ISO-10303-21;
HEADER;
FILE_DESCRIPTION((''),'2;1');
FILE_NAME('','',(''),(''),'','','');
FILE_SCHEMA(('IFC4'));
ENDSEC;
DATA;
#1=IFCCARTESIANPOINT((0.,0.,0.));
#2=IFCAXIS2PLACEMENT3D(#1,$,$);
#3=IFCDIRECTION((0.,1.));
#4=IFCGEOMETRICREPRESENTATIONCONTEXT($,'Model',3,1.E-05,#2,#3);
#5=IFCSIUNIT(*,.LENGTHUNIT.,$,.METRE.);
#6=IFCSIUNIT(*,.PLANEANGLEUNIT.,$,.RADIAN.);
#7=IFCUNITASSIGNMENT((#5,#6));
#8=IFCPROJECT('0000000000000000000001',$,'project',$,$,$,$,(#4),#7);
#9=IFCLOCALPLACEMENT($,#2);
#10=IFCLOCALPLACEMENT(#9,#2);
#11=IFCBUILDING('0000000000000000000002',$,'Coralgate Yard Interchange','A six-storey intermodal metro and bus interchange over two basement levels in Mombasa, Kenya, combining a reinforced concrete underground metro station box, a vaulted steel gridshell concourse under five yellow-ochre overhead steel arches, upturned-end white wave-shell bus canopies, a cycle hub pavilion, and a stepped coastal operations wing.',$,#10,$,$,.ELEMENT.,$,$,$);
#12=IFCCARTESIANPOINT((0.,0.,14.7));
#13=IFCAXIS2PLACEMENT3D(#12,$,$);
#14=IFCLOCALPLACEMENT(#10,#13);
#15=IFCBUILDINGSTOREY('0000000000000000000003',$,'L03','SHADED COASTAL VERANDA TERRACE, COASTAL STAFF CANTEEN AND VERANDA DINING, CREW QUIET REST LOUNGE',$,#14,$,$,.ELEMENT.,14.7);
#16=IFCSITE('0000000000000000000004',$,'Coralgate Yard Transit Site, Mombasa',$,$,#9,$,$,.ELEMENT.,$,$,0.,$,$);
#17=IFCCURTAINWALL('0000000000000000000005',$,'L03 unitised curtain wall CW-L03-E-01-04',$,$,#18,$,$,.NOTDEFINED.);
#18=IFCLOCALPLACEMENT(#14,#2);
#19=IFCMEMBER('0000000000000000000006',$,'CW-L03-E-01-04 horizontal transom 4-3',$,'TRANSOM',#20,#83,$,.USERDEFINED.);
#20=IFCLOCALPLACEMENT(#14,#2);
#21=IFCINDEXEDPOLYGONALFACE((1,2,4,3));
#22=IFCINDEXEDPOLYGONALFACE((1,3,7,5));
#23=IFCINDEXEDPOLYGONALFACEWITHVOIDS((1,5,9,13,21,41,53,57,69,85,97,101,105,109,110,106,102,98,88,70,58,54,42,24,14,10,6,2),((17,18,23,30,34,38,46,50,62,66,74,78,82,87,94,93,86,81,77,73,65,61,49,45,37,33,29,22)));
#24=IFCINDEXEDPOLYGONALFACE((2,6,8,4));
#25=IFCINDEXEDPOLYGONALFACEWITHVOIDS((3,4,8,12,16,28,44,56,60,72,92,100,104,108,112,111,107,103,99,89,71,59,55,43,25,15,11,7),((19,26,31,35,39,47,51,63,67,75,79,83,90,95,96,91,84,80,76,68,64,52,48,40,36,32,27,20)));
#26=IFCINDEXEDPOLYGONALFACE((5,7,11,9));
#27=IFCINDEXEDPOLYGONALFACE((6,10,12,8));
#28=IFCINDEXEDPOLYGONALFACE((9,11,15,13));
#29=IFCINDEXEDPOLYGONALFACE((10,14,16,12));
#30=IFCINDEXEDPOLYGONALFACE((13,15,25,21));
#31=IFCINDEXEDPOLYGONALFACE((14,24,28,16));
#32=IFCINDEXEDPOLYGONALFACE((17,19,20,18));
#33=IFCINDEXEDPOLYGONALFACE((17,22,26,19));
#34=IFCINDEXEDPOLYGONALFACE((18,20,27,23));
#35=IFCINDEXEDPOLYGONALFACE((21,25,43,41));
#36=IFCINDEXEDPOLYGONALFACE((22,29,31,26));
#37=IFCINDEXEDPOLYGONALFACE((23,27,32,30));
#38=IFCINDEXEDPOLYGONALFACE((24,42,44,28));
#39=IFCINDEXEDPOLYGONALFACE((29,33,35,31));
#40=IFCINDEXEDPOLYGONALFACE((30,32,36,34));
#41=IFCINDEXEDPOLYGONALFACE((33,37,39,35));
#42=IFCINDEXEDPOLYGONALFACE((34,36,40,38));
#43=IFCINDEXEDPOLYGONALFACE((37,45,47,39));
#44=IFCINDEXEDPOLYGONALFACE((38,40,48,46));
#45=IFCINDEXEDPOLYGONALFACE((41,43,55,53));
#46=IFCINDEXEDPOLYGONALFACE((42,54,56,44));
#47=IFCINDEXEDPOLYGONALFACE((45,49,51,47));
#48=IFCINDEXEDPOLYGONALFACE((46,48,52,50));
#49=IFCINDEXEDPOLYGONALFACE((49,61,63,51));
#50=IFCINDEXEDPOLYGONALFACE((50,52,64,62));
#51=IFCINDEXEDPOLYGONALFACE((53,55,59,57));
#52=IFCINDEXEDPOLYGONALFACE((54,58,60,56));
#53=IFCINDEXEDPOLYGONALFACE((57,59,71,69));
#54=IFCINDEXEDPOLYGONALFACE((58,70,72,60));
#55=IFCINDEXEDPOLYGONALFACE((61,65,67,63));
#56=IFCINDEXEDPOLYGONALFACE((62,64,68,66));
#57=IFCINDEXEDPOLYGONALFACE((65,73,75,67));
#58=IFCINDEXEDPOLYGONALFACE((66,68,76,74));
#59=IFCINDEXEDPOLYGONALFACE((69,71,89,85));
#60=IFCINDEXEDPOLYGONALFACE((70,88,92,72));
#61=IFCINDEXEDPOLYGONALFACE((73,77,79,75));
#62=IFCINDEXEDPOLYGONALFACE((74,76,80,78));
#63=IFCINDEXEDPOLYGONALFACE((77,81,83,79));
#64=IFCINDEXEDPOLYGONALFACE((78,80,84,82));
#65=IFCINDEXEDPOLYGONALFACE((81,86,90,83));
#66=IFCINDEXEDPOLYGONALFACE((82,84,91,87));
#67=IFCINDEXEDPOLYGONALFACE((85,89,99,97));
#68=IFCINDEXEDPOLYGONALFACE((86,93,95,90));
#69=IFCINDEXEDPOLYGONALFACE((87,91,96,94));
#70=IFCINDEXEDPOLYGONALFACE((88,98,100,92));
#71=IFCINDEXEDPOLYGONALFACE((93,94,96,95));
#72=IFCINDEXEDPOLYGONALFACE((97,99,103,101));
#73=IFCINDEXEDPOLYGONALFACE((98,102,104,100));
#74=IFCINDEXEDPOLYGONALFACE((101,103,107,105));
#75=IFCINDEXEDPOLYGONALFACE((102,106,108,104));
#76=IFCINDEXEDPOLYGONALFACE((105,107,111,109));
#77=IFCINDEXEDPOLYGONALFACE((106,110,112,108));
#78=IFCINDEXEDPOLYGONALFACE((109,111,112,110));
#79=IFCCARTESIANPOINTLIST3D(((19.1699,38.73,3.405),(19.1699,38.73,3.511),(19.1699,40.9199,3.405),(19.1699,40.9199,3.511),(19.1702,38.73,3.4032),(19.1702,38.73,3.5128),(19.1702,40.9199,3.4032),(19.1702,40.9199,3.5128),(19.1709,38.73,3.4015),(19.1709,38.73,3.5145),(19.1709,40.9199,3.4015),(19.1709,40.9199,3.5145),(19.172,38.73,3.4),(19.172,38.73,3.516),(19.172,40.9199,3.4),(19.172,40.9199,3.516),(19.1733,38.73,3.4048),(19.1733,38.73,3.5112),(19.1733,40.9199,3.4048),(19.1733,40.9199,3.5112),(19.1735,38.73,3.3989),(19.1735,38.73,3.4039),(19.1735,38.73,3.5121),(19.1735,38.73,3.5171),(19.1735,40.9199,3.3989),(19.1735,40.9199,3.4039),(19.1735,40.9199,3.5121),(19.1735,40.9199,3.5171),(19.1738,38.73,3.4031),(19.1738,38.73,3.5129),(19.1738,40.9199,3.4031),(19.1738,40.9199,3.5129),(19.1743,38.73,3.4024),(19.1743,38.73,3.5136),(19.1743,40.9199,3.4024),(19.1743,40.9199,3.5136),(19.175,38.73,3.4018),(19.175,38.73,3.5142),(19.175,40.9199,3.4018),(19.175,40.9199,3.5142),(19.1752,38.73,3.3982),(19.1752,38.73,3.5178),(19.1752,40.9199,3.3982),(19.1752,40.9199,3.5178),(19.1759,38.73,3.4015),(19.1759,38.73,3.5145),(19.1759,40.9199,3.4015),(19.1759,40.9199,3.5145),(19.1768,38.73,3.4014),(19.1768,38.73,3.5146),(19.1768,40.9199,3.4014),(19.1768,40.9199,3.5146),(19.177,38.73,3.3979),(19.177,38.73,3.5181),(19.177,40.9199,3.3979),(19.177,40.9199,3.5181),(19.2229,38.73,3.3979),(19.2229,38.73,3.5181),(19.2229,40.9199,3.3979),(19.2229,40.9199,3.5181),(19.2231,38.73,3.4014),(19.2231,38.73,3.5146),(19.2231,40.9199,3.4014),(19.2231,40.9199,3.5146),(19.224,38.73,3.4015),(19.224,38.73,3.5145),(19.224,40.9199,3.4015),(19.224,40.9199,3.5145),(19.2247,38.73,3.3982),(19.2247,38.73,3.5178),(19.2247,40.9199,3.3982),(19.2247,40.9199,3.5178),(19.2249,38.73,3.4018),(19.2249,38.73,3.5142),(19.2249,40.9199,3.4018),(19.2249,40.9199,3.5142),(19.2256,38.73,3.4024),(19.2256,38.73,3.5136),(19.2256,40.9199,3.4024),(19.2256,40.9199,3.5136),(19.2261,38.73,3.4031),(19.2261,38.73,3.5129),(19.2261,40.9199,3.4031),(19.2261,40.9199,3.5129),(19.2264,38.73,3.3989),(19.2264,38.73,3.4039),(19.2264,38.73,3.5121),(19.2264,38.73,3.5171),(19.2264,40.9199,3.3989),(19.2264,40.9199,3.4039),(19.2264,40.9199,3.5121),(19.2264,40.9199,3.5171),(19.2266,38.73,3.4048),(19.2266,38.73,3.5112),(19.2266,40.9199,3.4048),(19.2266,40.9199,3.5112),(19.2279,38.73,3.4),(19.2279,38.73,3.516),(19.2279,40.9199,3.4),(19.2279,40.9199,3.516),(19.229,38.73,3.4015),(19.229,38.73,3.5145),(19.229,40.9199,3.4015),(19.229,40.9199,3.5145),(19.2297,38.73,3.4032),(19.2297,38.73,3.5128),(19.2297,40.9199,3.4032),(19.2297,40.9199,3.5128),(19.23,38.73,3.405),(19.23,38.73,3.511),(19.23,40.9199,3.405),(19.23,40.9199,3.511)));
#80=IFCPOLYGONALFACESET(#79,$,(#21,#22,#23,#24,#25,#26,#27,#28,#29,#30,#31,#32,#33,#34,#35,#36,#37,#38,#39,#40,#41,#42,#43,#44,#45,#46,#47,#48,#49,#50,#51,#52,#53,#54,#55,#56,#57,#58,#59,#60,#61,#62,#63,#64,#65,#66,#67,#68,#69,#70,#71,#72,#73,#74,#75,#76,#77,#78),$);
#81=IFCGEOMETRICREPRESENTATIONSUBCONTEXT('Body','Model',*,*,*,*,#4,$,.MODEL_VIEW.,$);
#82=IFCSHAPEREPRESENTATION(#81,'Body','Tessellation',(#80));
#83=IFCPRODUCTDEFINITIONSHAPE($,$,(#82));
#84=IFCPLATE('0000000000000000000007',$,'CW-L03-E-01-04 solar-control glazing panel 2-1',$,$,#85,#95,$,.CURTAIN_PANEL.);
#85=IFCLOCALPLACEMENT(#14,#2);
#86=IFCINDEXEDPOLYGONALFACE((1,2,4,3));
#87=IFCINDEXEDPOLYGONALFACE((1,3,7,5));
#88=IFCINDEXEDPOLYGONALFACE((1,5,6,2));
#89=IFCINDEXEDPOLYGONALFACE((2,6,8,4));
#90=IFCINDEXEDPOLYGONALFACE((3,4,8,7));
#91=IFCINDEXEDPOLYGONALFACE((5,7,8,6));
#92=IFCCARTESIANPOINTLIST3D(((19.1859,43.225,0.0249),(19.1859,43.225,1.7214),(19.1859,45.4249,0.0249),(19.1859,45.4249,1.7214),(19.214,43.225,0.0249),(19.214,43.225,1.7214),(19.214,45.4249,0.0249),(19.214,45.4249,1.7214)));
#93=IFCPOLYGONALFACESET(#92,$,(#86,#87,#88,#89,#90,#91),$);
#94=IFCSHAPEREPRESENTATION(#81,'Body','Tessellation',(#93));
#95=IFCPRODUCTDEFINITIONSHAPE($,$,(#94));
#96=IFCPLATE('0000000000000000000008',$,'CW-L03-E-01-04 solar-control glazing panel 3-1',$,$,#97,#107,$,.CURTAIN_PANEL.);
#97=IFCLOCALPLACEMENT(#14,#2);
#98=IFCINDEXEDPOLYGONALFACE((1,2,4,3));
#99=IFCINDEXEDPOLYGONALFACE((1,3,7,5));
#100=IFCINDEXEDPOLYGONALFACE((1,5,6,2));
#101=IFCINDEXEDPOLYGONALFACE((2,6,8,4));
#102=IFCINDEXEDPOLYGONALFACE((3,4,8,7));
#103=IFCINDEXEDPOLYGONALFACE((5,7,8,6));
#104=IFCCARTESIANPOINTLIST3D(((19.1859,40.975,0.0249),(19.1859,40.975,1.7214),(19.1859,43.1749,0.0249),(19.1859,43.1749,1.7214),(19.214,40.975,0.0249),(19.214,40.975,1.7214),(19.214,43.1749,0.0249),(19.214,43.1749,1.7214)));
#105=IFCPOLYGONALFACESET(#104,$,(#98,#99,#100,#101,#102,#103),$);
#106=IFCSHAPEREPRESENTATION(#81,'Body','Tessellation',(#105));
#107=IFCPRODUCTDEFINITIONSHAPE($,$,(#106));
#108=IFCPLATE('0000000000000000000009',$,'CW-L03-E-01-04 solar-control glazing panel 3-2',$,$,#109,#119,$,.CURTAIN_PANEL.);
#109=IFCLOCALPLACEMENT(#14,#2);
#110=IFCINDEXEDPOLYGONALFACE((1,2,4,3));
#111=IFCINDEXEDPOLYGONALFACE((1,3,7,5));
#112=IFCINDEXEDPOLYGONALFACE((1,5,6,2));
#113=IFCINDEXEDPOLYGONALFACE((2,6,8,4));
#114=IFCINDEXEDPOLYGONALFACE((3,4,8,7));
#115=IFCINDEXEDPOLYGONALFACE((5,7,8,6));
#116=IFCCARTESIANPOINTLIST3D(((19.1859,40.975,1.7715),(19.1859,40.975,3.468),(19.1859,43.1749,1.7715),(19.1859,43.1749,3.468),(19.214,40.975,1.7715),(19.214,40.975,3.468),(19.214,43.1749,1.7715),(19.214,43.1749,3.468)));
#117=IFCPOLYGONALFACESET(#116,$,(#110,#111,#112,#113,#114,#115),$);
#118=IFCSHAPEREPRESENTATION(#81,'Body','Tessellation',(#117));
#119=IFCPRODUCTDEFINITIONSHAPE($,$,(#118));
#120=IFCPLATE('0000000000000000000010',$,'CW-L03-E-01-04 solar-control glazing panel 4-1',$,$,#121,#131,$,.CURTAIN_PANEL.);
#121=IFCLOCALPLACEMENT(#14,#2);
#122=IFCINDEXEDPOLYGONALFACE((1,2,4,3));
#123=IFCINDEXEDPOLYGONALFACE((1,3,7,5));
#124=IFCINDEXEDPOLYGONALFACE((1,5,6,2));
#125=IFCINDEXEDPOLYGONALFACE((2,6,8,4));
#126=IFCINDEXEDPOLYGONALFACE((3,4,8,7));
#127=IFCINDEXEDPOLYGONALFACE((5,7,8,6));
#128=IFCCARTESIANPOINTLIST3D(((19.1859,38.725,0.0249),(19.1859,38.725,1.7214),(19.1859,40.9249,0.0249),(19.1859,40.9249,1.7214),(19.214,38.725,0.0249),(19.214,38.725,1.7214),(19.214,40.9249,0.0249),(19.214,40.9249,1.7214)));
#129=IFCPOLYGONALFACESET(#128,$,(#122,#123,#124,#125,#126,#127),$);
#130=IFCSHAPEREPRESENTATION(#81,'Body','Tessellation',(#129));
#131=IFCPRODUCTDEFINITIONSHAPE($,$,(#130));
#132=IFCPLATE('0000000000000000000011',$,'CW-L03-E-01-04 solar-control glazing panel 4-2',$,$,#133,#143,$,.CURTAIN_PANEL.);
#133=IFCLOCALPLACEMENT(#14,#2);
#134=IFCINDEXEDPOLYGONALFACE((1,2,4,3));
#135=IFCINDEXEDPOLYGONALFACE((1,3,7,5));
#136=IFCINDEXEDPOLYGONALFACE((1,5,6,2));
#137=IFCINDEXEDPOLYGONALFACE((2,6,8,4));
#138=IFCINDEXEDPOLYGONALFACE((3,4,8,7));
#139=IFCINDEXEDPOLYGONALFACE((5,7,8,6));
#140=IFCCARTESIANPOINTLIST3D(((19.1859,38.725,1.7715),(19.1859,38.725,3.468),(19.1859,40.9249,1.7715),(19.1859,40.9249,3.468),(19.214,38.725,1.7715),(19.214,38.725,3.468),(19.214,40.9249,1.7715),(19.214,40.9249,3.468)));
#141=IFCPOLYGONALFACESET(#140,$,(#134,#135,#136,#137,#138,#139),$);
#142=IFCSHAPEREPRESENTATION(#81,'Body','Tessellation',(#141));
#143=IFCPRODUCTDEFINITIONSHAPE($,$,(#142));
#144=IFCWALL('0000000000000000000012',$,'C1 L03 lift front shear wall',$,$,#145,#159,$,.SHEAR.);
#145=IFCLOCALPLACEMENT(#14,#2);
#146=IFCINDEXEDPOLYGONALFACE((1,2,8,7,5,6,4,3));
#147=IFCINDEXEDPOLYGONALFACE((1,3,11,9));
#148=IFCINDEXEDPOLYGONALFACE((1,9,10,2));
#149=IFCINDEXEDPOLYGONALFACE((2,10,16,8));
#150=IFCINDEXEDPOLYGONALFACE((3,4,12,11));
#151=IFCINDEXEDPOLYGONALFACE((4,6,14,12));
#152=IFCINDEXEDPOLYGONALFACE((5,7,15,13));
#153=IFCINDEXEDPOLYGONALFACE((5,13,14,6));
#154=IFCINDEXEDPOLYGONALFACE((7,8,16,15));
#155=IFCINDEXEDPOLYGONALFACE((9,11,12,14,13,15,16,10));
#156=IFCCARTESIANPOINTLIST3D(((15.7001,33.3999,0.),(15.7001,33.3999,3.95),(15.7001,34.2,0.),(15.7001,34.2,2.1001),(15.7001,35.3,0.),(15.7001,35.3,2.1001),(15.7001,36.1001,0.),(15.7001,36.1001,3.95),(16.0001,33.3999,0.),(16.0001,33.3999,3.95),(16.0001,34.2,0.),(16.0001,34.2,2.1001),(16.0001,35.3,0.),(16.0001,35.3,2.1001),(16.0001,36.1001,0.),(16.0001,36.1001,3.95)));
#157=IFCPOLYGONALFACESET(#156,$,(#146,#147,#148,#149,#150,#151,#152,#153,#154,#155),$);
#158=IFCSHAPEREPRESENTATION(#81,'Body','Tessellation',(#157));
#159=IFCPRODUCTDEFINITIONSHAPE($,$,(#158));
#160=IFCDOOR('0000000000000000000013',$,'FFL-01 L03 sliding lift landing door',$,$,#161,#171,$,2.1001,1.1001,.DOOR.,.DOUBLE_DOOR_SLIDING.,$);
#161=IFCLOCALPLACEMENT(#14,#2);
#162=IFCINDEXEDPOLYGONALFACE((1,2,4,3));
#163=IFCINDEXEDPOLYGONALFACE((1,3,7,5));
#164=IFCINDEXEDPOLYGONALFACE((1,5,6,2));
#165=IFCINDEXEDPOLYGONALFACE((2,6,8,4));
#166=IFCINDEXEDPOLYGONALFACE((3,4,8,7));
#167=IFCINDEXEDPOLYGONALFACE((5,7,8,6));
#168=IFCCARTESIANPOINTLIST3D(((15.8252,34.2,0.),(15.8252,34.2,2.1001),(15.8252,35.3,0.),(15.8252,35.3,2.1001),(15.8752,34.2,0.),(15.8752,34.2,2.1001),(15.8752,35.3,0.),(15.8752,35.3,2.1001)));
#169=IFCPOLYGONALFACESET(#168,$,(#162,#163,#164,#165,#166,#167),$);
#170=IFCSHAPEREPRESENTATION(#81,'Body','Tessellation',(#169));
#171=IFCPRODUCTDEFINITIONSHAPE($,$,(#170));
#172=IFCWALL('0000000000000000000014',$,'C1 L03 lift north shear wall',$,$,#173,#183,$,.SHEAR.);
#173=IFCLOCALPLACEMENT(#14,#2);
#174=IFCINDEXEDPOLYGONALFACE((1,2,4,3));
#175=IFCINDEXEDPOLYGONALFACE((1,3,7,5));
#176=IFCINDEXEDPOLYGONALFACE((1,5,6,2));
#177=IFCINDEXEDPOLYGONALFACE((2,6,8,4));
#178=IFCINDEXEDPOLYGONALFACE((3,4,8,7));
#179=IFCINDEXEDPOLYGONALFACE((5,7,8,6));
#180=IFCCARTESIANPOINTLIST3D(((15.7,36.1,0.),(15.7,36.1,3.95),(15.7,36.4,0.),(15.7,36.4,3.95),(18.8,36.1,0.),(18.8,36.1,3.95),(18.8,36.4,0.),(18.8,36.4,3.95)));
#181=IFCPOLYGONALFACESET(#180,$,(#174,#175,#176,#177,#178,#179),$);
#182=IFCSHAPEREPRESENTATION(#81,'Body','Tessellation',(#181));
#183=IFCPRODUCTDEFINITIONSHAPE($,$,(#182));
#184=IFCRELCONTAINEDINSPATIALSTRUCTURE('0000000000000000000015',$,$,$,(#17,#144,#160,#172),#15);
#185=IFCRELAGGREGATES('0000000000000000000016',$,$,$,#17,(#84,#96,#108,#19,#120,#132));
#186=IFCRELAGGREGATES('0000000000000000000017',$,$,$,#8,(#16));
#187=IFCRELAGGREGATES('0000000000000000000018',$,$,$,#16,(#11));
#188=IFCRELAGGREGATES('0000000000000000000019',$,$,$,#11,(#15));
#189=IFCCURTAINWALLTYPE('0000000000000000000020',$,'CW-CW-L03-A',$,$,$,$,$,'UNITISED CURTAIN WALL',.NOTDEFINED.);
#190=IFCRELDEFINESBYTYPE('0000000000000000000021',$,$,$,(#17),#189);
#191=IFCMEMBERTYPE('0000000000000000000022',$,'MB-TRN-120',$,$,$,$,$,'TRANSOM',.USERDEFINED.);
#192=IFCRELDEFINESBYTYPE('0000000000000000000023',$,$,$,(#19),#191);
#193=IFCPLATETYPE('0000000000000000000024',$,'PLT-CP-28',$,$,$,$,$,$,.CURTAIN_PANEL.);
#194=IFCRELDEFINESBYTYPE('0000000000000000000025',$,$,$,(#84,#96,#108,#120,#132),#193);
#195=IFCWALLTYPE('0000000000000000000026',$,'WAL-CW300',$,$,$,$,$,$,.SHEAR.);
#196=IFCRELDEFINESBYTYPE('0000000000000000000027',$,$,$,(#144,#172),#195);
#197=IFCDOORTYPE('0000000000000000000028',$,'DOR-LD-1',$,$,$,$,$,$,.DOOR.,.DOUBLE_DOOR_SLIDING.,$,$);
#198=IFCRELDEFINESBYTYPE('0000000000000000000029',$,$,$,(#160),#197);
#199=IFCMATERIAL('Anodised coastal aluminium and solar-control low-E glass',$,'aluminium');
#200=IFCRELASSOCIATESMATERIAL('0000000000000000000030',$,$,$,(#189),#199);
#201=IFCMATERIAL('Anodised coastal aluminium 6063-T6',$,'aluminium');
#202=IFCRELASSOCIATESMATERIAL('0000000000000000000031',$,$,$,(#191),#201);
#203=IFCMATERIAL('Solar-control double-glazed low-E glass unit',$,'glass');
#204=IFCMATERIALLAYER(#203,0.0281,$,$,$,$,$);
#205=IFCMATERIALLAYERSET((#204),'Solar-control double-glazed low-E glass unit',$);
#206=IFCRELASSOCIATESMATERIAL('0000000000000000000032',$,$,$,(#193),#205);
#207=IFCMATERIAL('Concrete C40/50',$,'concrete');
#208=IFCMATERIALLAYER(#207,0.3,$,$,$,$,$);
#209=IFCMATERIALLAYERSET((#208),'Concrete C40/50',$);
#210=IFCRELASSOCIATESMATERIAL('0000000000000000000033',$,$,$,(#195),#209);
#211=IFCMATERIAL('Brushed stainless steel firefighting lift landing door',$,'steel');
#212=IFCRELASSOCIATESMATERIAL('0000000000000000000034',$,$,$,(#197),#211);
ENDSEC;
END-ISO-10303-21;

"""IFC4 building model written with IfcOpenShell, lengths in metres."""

from ifc_helpers import new_model, si_unit, direction, frame, frame_2d, origin, origin_2d, place, context, subcontext, project, spatial, rectangle, hollow_rectangle, extrude, material, layer, layer_set, material_profile, profile_set, type_object, element, fill, aggregate, save


model = new_model("IFC4")

# Units and contexts
model_context = context("Model", 3, precision=1e-05, world=origin(), true_north=direction((0.0, 1.0)))
body_context = subcontext(model_context, "Body", "Model", "MODEL_VIEW")
ifc_project = project(units=[si_unit("LENGTHUNIT", "METRE"), si_unit("PLANEANGLEUNIT", "RADIAN")], contexts=[model_context])

# Site, building, storey
site_placement = place(None, origin())
site = spatial("IfcSite", under=ifc_project, at=site_placement, Name="Coralgate Yard Transit Site, Mombasa", CompositionType="ELEMENT", RefElevation=0.0)
building_placement = place(site_placement, origin())
building = spatial("IfcBuilding", under=site, at=building_placement, Name="Coralgate Yard Interchange", Description="A six-storey intermodal metro and bus interchange over two basement levels in Mombasa, Kenya, combining a reinforced concrete underground metro station box, a vaulted steel gridshell concourse under five yellow-ochre overhead steel arches, upturned-end white wave-shell bus canopies, a cycle hub pavilion, and a stepped coastal operations wing.", CompositionType="ELEMENT")
storey_placement = place(building_placement, frame((0.0, 0.0, 14.7)))
storey = spatial("IfcBuildingStorey", under=building, at=storey_placement, Name="L03", Description="SHADED COASTAL VERANDA TERRACE, COASTAL STAFF CANTEEN AND VERANDA DINING, CREW QUIET REST LOUNGE", CompositionType="ELEMENT", Elevation=14.7)

# Curtain wall, member, plates
ifc_material_1 = material(Name="Anodised coastal aluminium and solar-control low-E glass", Category="aluminium")
curtain_wall_type = type_object("IfcCurtainWallType", Name="CW-CW-L03-A", ElementType="UNITISED CURTAIN WALL", PredefinedType="NOTDEFINED", material=ifc_material_1)
curtain_wall_placement = place(storey_placement, origin())
curtain_wall = element("IfcCurtainWall", 1, at=curtain_wall_placement, inside=storey, type_object=curtain_wall_type, Name="L03 unitised curtain wall CW-L03-E-01-04", PredefinedType="NOTDEFINED")
ifc_material_2 = material(Name="Anodised coastal aluminium 6063-T6", Category="aluminium")
ifc_material_profile_1 = material_profile(ifc_material_2, hollow_rectangle(XDim=0.0601, YDim=0.1201, WallThickness=0.0034, InnerFilletRadius=0.0034, OuterFilletRadius=0.0071, at=origin_2d()), Name="ALU 60x120x3.5")
ifc_profile_set_1 = profile_set([ifc_material_profile_1], Name="Anodised coastal aluminium 6063-T6")
member_type_1 = type_object("IfcMemberType", Name="MB-TRN-120", ElementType="TRANSOM", PredefinedType="USERDEFINED", material=ifc_profile_set_1)
member_1_placement = place(storey_placement, frame((19.2, 40.9199, 3.458), z_axis=(0.0, -1.0, 0.0), x_axis=(1.0, 0.0, 0.0)))
member_1 = element("IfcMember", 2, at=member_1_placement, type_object=member_type_1, Name="CW-L03-E-01-04 horizontal transom 4-3", ObjectType="TRANSOM", PredefinedType="USERDEFINED", context=body_context, shape_type="SweptSolid", body=[
    extrude(hollow_rectangle(XDim=0.0601, YDim=0.1201, WallThickness=0.0034, InnerFilletRadius=0.0034, OuterFilletRadius=0.0071, at=origin_2d()), origin(), (0.0, 0.0, 1.0), 2.1899),
])
ifc_material_3 = material(Name="Solar-control double-glazed low-E glass unit", Category="glass")
ifc_layer_1 = layer(ifc_material_3, 0.0281)
ifc_layer_set_1 = layer_set([ifc_layer_1], Name="Solar-control double-glazed low-E glass unit")
plate_type = type_object("IfcPlateType", Name="PLT-CP-28", PredefinedType="CURTAIN_PANEL", material=ifc_layer_set_1)
plate_1_placement = place(storey_placement, frame((19.2, 44.325, 0.0249), z_axis=(0.0, 0.0, 1.0), x_axis=(0.0, -1.0, 0.0)))
plate_1 = element("IfcPlate", 3, at=plate_1_placement, type_object=plate_type, Name="CW-L03-E-01-04 solar-control glazing panel 2-1", PredefinedType="CURTAIN_PANEL", context=body_context, shape_type="SweptSolid", body=[
    extrude(rectangle(XDim=2.2, YDim=0.0281, at=origin_2d()), origin(), (0.0, 0.0, 1.0), 1.6965),
])
plate_2_placement = place(storey_placement, frame((19.2, 42.075, 0.0249), z_axis=(0.0, 0.0, 1.0), x_axis=(0.0, -1.0, 0.0)))
plate_2 = element("IfcPlate", 4, at=plate_2_placement, type_object=plate_type, Name="CW-L03-E-01-04 solar-control glazing panel 3-1", PredefinedType="CURTAIN_PANEL", context=body_context, shape_type="SweptSolid", body=[
    extrude(rectangle(XDim=2.2, YDim=0.0281, at=origin_2d()), origin(), (0.0, 0.0, 1.0), 1.6965),
])
plate_3_placement = place(storey_placement, frame((19.2, 42.075, 1.7715), z_axis=(0.0, 0.0, 1.0), x_axis=(0.0, -1.0, 0.0)))
plate_3 = element("IfcPlate", 5, at=plate_3_placement, type_object=plate_type, Name="CW-L03-E-01-04 solar-control glazing panel 3-2", PredefinedType="CURTAIN_PANEL", context=body_context, shape_type="SweptSolid", body=[
    extrude(rectangle(XDim=2.2, YDim=0.0281, at=origin_2d()), origin(), (0.0, 0.0, 1.0), 1.6965),
])
plate_4_placement = place(storey_placement, frame((19.2, 39.825, 0.0249), z_axis=(0.0, 0.0, 1.0), x_axis=(0.0, -1.0, 0.0)))
plate_4 = element("IfcPlate", 6, at=plate_4_placement, type_object=plate_type, Name="CW-L03-E-01-04 solar-control glazing panel 4-1", PredefinedType="CURTAIN_PANEL", context=body_context, shape_type="SweptSolid", body=[
    extrude(rectangle(XDim=2.2, YDim=0.0281, at=origin_2d()), origin(), (0.0, 0.0, 1.0), 1.6965),
])
plate_5_placement = place(storey_placement, frame((19.2, 39.825, 1.7715), z_axis=(0.0, 0.0, 1.0), x_axis=(0.0, -1.0, 0.0)))
plate_5 = element("IfcPlate", 7, at=plate_5_placement, type_object=plate_type, Name="CW-L03-E-01-04 solar-control glazing panel 4-2", PredefinedType="CURTAIN_PANEL", context=body_context, shape_type="SweptSolid", body=[
    extrude(rectangle(XDim=2.2, YDim=0.0281, at=origin_2d()), origin(), (0.0, 0.0, 1.0), 1.6965),
])
aggregate(curtain_wall, [plate_1, plate_2, plate_3, member_1, plate_4, plate_5])

# Wall, opening, door
ifc_material_4 = material(Name="Concrete C40/50", Category="concrete")
ifc_layer_2 = layer(ifc_material_4, 0.3)
ifc_layer_set_2 = layer_set([ifc_layer_2], Name="Concrete C40/50")
wall_type_1 = type_object("IfcWallType", Name="WAL-CW300", PredefinedType="SHEAR", material=ifc_layer_set_2)
wall_1_placement = place(storey_placement, frame((15.8501, 36.1001, 0.0), z_axis=(0.0, 0.0, 1.0), x_axis=(0.0, -1.0, 0.0)))
wall_1 = element("IfcWall", 8, at=wall_1_placement, inside=storey, type_object=wall_type_1, Name="C1 L03 lift front shear wall", PredefinedType="SHEAR", context=body_context, shape_type="SweptSolid", body=[
    extrude(rectangle(XDim=2.7002, YDim=0.3, at=frame_2d((1.3501, 0.0))), origin(), (0.0, 0.0, 1.0), 3.95),
])
opening_placement = place(wall_1_placement, frame((0.8, 0.0, 0.0)))
opening = element("IfcOpeningElement", 9, at=opening_placement, cuts=wall_1, PredefinedType="OPENING", context=body_context, shape_type="SweptSolid", body=[
    extrude(rectangle(XDim=1.1001, YDim=2.1001, at=frame_2d((0.55, 1.05))), frame((0.0, 0.1599, 0.0), z_axis=(0.0, -1.0, 0.0), x_axis=(1.0, 0.0, 0.0)), (0.0, 0.0, 1.0), 0.3201),
])
ifc_material_5 = material(Name="Brushed stainless steel firefighting lift landing door", Category="steel")
door_type = type_object("IfcDoorType", Name="DOR-LD-1", OperationType="DOUBLE_DOOR_SLIDING", PredefinedType="DOOR", material=ifc_material_5)
door_placement = place(opening_placement, frame((1.1001, 0.0, 0.0), z_axis=(0.0, 0.0, 1.0), x_axis=(-1.0, 0.0, 0.0)))
door = element("IfcDoor", 10, at=door_placement, inside=storey, type_object=door_type, Name="FFL-01 L03 sliding lift landing door", OperationType="DOUBLE_DOOR_SLIDING", OverallHeight=2.1001, OverallWidth=1.1001, PredefinedType="DOOR", context=body_context, shape_type="SweptSolid", body=[
    extrude(rectangle(XDim=1.1001, YDim=2.1001, at=frame_2d((0.55, 1.05))), frame((0.0, 0.0249, 0.0), z_axis=(0.0, -1.0, 0.0), x_axis=(1.0, 0.0, 0.0)), (0.0, 0.0, 1.0), 0.05),
])
fill(opening, door)

# Wall
wall_2_placement = place(storey_placement, frame((15.7, 36.25, 0.0), z_axis=(0.0, 0.0, 1.0), x_axis=(1.0, 0.0, 0.0)))
element("IfcWall", 11, at=wall_2_placement, inside=storey, type_object=wall_type_1, Name="C1 L03 lift north shear wall", PredefinedType="SHEAR", context=body_context, shape_type="SweptSolid", body=[
    extrude(rectangle(XDim=3.1001, YDim=0.3, at=frame_2d((1.55, 0.0))), origin(), (0.0, 0.0, 1.0), 3.95),
])

save(model, "model.ifc")
